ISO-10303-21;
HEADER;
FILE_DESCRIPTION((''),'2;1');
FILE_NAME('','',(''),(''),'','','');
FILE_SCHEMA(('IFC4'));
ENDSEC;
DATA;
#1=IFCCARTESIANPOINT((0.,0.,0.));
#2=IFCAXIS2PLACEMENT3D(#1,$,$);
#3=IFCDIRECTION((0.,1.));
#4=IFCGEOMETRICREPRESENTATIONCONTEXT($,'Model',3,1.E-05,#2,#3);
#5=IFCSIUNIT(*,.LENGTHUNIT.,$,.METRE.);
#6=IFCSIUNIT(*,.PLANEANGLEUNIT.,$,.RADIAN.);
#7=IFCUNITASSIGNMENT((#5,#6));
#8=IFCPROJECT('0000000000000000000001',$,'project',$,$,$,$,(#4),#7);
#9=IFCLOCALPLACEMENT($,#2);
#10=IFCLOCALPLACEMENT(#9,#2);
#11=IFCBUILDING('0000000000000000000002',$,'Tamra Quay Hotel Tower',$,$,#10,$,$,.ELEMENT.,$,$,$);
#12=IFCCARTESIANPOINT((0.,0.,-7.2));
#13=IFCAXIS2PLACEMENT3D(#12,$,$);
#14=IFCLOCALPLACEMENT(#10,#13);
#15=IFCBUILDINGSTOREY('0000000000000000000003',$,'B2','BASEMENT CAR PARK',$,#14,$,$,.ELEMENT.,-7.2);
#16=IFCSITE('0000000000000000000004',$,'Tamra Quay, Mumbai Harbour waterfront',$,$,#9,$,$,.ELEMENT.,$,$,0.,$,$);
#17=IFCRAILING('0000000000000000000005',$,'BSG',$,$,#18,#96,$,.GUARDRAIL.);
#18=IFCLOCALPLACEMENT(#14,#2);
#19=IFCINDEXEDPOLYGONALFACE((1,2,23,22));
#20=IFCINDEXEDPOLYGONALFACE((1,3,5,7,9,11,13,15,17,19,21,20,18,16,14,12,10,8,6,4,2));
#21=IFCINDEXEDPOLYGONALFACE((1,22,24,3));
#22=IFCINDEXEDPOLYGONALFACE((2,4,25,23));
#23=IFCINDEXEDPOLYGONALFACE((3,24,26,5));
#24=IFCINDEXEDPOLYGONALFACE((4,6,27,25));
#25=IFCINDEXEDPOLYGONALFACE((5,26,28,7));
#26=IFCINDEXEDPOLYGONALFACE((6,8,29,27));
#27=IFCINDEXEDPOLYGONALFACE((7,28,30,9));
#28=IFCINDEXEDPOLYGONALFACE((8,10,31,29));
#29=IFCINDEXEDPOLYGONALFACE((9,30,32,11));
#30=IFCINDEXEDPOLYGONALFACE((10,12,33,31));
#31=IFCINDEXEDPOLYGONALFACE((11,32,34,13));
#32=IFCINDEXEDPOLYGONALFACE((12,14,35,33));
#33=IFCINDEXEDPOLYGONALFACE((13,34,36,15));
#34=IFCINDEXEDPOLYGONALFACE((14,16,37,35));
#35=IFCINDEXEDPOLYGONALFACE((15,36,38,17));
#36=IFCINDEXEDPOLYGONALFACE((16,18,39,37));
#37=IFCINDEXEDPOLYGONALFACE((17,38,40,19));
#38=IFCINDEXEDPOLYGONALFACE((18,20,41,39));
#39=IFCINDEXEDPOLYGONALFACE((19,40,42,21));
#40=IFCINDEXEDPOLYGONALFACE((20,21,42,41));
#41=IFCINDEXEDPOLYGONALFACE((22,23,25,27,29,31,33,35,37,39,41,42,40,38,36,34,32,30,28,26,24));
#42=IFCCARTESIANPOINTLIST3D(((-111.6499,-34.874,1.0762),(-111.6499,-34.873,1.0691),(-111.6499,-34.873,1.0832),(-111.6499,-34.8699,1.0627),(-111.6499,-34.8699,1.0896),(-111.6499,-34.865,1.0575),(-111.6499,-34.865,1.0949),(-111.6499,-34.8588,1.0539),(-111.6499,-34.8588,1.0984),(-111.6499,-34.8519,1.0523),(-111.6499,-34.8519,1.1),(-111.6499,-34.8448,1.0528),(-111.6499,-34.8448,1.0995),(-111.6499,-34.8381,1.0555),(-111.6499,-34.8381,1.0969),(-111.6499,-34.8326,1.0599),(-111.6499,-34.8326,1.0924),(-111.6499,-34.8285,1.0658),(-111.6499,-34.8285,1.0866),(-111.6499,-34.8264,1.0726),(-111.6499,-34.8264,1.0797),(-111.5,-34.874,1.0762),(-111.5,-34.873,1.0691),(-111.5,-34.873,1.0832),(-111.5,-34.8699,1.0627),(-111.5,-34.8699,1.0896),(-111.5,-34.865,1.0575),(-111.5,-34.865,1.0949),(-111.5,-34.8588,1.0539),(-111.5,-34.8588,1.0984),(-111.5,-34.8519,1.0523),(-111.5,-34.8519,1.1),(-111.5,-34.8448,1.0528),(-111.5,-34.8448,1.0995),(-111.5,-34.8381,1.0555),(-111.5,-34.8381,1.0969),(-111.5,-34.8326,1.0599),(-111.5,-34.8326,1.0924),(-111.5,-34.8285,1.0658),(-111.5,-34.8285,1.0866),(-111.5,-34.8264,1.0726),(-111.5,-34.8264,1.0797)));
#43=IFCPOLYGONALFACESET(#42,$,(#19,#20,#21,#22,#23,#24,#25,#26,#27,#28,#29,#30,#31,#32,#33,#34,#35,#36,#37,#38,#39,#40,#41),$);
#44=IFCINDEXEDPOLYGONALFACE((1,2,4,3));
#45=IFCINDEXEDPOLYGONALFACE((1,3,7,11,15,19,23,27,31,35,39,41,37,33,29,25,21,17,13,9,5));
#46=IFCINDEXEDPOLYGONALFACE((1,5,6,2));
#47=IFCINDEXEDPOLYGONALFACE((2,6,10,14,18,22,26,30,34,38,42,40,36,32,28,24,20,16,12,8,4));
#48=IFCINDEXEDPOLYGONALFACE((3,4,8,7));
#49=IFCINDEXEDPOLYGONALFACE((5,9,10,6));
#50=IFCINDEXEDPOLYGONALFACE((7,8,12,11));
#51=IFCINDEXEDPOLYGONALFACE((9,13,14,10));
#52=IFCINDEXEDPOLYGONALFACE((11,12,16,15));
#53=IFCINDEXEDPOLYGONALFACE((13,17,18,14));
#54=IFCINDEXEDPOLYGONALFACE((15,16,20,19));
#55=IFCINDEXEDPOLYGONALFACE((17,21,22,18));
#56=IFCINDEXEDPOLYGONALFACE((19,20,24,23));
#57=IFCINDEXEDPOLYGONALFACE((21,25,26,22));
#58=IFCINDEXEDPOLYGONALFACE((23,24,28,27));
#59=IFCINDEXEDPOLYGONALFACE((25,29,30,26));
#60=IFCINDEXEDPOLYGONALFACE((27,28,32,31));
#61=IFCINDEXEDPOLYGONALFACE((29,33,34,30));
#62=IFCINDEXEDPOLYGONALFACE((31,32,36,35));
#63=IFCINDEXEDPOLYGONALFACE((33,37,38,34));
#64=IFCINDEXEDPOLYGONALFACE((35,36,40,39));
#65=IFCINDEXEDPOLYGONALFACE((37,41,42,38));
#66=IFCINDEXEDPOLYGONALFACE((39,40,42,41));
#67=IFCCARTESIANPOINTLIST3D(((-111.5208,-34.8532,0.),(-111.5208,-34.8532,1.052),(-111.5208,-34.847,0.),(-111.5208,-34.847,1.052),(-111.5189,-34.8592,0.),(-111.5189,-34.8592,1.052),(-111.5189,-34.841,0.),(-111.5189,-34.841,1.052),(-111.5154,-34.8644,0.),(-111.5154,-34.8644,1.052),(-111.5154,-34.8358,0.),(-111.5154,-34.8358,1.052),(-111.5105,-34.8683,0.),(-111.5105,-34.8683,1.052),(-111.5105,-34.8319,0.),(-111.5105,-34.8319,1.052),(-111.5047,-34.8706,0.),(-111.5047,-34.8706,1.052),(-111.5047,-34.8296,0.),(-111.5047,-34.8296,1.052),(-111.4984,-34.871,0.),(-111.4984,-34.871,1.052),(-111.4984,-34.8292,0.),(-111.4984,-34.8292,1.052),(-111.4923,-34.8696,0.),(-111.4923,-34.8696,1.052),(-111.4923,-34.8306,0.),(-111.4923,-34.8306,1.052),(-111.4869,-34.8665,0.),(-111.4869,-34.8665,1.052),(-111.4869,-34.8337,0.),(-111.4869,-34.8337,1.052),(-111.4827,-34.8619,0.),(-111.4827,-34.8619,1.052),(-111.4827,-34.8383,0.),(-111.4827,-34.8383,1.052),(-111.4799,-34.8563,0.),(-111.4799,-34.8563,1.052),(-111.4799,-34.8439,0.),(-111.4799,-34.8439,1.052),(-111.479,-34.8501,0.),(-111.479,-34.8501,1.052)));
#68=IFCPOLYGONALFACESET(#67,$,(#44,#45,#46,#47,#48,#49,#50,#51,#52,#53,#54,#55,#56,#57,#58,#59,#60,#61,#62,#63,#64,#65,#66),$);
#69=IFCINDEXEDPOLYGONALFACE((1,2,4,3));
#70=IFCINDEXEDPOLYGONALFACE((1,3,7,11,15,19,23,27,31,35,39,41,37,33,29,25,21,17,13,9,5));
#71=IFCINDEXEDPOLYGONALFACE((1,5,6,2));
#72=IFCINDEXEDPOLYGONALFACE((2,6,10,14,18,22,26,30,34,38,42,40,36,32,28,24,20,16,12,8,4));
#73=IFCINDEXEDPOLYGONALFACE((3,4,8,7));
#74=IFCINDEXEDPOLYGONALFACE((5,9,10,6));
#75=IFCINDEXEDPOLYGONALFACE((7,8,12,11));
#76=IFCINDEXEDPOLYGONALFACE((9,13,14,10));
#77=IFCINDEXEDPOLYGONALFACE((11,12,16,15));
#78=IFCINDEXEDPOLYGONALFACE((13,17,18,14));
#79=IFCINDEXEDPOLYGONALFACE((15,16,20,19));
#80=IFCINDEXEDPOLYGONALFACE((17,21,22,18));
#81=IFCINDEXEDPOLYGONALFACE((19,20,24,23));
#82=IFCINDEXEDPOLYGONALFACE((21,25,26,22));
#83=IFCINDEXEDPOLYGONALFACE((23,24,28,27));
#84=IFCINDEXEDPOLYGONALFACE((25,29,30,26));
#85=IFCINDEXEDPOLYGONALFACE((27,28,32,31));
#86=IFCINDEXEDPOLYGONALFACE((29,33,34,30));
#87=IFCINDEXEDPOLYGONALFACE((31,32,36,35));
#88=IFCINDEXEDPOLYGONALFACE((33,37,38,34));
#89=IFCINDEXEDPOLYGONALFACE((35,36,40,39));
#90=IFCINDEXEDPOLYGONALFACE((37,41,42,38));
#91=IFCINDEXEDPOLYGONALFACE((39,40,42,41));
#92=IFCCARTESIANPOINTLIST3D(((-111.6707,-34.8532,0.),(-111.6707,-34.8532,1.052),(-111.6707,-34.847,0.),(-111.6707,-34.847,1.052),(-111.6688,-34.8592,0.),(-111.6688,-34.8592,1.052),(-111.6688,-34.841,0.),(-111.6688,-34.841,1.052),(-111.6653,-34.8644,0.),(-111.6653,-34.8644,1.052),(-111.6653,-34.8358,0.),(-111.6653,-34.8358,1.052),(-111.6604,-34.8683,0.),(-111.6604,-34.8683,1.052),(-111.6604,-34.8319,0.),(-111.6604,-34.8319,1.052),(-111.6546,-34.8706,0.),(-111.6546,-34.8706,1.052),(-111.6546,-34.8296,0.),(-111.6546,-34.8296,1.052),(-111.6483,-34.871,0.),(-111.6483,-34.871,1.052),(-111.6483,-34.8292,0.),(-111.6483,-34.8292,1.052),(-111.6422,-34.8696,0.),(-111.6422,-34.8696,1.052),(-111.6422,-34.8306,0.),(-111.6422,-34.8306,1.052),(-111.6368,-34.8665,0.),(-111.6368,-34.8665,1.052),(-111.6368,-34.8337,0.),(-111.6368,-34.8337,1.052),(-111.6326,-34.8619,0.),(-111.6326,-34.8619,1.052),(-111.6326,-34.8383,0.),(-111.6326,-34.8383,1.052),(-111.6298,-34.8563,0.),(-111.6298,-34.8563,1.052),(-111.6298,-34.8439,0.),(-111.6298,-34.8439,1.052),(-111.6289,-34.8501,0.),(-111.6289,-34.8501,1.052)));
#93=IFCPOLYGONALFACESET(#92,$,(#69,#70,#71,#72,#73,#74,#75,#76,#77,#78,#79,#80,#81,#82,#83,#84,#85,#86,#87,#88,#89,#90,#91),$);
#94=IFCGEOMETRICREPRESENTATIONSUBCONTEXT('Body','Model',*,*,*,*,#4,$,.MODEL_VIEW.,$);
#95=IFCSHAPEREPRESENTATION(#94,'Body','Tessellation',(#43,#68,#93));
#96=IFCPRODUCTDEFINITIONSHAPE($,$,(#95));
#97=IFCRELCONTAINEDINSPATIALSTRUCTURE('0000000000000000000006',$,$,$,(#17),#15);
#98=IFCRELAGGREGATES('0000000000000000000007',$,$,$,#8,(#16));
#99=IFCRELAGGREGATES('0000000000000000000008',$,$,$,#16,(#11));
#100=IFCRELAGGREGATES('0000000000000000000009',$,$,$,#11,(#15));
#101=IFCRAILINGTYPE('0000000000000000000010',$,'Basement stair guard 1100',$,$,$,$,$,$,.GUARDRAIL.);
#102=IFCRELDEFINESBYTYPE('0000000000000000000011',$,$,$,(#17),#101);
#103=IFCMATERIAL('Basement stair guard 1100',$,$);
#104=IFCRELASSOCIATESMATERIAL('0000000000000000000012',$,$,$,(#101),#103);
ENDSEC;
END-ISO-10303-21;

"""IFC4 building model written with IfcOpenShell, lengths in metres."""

from ifc_helpers import new_model, si_unit, direction, frame, origin, origin_2d, place, context, subcontext, project, spatial, circle, extrude, material, type_object, element, save


model = new_model("IFC4")

# Units and contexts
model_context = context("Model", 3, precision=1e-05, world=origin(), true_north=direction((0.0, 1.0)))
body_context = subcontext(model_context, "Body", "Model", "MODEL_VIEW")
ifc_project = project(units=[si_unit("LENGTHUNIT", "METRE"), si_unit("PLANEANGLEUNIT", "RADIAN")], contexts=[model_context])

# Site, building, storey
site_placement = place(None, origin())
site = spatial("IfcSite", under=ifc_project, at=site_placement, Name="Tamra Quay, Mumbai Harbour waterfront", CompositionType="ELEMENT", RefElevation=0.0)
building_placement = place(site_placement, origin())
building = spatial("IfcBuilding", under=site, at=building_placement, Name="Tamra Quay Hotel Tower", CompositionType="ELEMENT")
storey_placement = place(building_placement, frame((0.0, 0.0, -7.2)))
storey = spatial("IfcBuildingStorey", under=building, at=storey_placement, Name="B2", Description="BASEMENT CAR PARK", CompositionType="ELEMENT", Elevation=-7.2)

# Railing
ifc_material_1 = material(Name="Basement stair guard 1100")
railing_type_1 = type_object("IfcRailingType", Name="Basement stair guard 1100", PredefinedType="GUARDRAIL", material=ifc_material_1)
railing_1_placement = place(storey_placement, frame((-111.5, -34.8501, 0.0)))
element("IfcRailing", 1, at=railing_1_placement, inside=storey, type_object=railing_type_1, Name="BSG", PredefinedType="GUARDRAIL", context=body_context, shape_type="SweptSolid", body=[
    extrude(circle(Radius=0.0239, at=origin_2d()), frame((0.0, 0.0, 1.0762), z_axis=(-1.0, 0.0, 0.0), x_axis=(0.0, -1.0, 0.0)), (0.0, 0.0, 1.0), 0.1499),
    extrude(circle(Radius=0.021, at=origin_2d()), origin(), (0.0, 0.0, 1.0), 1.052),
    extrude(circle(Radius=0.021, at=origin_2d()), frame((-0.1499, 0.0, 0.0)), (0.0, 0.0, 1.0), 1.052),
])

save(model, "model.ifc")
